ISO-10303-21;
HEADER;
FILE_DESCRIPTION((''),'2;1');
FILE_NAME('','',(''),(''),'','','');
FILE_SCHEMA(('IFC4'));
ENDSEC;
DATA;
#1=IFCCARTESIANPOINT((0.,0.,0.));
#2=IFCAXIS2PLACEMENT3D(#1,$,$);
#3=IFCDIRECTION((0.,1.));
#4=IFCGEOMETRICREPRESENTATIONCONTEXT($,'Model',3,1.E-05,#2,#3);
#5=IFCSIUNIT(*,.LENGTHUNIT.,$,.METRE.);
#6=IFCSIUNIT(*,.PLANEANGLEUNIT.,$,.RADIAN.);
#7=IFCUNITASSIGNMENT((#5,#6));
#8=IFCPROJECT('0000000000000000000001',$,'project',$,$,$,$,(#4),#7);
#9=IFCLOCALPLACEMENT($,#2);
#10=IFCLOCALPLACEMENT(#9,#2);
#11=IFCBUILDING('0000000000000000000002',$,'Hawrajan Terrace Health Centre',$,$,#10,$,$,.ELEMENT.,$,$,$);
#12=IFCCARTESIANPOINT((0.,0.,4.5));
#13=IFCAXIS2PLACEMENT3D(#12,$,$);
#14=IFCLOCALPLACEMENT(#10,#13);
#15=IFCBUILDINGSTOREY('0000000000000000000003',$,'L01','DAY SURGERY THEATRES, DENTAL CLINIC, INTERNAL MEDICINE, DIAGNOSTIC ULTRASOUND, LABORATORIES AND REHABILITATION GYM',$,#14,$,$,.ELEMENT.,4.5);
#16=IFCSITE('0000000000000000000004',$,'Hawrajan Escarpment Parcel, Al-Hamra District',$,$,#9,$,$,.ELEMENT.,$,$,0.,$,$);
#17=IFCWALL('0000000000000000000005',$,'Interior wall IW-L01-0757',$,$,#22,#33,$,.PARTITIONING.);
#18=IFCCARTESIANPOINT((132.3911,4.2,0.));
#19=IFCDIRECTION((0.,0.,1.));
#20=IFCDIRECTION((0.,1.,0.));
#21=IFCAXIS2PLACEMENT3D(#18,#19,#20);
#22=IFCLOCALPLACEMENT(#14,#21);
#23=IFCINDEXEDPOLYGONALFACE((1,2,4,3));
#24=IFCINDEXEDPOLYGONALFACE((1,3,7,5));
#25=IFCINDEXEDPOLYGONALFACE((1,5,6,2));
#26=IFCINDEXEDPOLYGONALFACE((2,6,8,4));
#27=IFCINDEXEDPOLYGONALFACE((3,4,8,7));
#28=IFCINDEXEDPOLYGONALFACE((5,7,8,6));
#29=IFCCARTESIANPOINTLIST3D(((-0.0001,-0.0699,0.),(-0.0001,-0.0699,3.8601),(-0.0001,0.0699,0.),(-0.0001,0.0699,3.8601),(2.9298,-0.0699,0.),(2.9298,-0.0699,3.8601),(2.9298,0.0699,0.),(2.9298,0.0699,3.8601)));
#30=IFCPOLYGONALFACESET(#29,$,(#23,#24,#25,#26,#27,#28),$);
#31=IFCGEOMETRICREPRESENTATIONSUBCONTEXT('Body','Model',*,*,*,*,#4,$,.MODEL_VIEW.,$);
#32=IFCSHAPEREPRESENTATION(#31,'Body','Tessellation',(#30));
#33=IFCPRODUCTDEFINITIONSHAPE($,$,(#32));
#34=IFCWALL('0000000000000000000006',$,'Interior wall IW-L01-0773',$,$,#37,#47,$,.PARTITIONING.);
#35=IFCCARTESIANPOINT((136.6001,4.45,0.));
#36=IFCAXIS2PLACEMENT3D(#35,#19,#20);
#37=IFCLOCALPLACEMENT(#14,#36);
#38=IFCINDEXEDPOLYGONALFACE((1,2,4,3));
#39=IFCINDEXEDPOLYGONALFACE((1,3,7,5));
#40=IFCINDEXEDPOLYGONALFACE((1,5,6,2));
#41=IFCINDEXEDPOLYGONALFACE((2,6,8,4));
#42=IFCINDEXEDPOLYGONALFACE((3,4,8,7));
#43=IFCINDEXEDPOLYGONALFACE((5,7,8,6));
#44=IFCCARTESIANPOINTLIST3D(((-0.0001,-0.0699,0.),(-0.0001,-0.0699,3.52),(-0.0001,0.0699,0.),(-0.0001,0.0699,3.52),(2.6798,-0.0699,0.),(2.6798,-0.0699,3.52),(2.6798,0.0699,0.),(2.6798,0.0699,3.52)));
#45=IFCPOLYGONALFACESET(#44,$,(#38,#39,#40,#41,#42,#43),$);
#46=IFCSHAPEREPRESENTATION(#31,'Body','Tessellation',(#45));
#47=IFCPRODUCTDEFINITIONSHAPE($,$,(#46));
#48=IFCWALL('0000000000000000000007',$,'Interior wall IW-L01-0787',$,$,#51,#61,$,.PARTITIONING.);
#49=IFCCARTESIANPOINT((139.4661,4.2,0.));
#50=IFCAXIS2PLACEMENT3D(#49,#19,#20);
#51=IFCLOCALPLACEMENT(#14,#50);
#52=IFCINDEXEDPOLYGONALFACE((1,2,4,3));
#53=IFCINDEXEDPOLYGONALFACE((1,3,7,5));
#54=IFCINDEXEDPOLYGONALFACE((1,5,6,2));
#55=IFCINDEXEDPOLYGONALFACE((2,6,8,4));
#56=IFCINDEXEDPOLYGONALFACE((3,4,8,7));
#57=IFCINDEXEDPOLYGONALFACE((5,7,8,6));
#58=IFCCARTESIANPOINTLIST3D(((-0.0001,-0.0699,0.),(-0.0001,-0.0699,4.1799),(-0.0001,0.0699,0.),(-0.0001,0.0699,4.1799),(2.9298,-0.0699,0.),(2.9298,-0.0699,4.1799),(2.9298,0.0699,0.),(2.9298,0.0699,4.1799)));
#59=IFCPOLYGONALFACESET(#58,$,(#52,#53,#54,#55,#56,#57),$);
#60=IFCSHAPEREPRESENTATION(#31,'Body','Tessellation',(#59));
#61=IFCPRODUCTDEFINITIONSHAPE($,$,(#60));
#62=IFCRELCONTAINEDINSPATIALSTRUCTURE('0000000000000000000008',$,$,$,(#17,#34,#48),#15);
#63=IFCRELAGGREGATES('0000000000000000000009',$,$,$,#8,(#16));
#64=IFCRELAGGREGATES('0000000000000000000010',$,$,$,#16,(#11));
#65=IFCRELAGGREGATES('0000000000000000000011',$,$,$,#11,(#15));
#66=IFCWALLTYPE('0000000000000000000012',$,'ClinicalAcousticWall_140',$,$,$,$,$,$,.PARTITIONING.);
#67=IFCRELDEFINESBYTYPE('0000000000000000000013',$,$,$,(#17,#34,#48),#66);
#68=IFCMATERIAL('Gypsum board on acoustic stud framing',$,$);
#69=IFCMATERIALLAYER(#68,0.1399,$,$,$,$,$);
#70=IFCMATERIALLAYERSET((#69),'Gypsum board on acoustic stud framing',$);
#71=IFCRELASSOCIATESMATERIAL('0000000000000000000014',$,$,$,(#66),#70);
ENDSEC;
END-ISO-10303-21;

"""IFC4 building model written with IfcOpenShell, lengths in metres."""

from ifc_helpers import new_model, si_unit, direction, frame, frame_2d, origin, place, context, subcontext, project, spatial, rectangle, extrude, material, layer, layer_set, type_object, element, save


model = new_model("IFC4")

# Units and contexts
model_context = context("Model", 3, precision=1e-05, world=origin(), true_north=direction((0.0, 1.0)))
body_context = subcontext(model_context, "Body", "Model", "MODEL_VIEW")
ifc_project = project(units=[si_unit("LENGTHUNIT", "METRE"), si_unit("PLANEANGLEUNIT", "RADIAN")], contexts=[model_context])

# Site, building, storey
site_placement = place(None, origin())
site = spatial("IfcSite", under=ifc_project, at=site_placement, Name="Hawrajan Escarpment Parcel, Al-Hamra District", CompositionType="ELEMENT", RefElevation=0.0)
building_placement = place(site_placement, origin())
building = spatial("IfcBuilding", under=site, at=building_placement, Name="Hawrajan Terrace Health Centre", CompositionType="ELEMENT")
storey_placement = place(building_placement, frame((0.0, 0.0, 4.5)))
storey = spatial("IfcBuildingStorey", under=building, at=storey_placement, Name="L01", Description="DAY SURGERY THEATRES, DENTAL CLINIC, INTERNAL MEDICINE, DIAGNOSTIC ULTRASOUND, LABORATORIES AND REHABILITATION GYM", CompositionType="ELEMENT", Elevation=4.5)

# Wall
ifc_material_1 = material(Name="Gypsum board on acoustic stud framing")
ifc_layer_1 = layer(ifc_material_1, 0.1399)
ifc_layer_set_1 = layer_set([ifc_layer_1], Name="Gypsum board on acoustic stud framing")
wall_type_1 = type_object("IfcWallType", Name="ClinicalAcousticWall_140", PredefinedType="PARTITIONING", material=ifc_layer_set_1)
wall_1_placement = place(storey_placement, frame((132.3911, 4.2, 0.0), z_axis=(0.0, 0.0, 1.0), x_axis=(0.0, 1.0, 0.0)))
element("IfcWall", 1, at=wall_1_placement, inside=storey, type_object=wall_type_1, Name="Interior wall IW-L01-0757", PredefinedType="PARTITIONING", context=body_context, shape_type="SweptSolid", body=[
    extrude(rectangle(XDim=2.9299, YDim=0.1399, at=frame_2d((1.4648, 0.0))), origin(), (0.0, 0.0, 1.0), 3.8601),
])

# Walls
wall_2_placement = place(storey_placement, frame((136.6001, 4.45, 0.0), z_axis=(0.0, 0.0, 1.0), x_axis=(0.0, 1.0, 0.0)))
element("IfcWall", 2, at=wall_2_placement, inside=storey, type_object=wall_type_1, Name="Interior wall IW-L01-0773", PredefinedType="PARTITIONING", context=body_context, shape_type="SweptSolid", body=[
    extrude(rectangle(XDim=2.6799, YDim=0.1399, at=frame_2d((1.3398, 0.0))), origin(), (0.0, 0.0, 1.0), 3.52),
])
wall_3_placement = place(storey_placement, frame((139.4661, 4.2, 0.0), z_axis=(0.0, 0.0, 1.0), x_axis=(0.0, 1.0, 0.0)))
element("IfcWall", 3, at=wall_3_placement, inside=storey, type_object=wall_type_1, Name="Interior wall IW-L01-0787", PredefinedType="PARTITIONING", context=body_context, shape_type="SweptSolid", body=[
    extrude(rectangle(XDim=2.9299, YDim=0.1399, at=frame_2d((1.4648, 0.0))), origin(), (0.0, 0.0, 1.0), 4.1799),
])

save(model, "model.ifc")
